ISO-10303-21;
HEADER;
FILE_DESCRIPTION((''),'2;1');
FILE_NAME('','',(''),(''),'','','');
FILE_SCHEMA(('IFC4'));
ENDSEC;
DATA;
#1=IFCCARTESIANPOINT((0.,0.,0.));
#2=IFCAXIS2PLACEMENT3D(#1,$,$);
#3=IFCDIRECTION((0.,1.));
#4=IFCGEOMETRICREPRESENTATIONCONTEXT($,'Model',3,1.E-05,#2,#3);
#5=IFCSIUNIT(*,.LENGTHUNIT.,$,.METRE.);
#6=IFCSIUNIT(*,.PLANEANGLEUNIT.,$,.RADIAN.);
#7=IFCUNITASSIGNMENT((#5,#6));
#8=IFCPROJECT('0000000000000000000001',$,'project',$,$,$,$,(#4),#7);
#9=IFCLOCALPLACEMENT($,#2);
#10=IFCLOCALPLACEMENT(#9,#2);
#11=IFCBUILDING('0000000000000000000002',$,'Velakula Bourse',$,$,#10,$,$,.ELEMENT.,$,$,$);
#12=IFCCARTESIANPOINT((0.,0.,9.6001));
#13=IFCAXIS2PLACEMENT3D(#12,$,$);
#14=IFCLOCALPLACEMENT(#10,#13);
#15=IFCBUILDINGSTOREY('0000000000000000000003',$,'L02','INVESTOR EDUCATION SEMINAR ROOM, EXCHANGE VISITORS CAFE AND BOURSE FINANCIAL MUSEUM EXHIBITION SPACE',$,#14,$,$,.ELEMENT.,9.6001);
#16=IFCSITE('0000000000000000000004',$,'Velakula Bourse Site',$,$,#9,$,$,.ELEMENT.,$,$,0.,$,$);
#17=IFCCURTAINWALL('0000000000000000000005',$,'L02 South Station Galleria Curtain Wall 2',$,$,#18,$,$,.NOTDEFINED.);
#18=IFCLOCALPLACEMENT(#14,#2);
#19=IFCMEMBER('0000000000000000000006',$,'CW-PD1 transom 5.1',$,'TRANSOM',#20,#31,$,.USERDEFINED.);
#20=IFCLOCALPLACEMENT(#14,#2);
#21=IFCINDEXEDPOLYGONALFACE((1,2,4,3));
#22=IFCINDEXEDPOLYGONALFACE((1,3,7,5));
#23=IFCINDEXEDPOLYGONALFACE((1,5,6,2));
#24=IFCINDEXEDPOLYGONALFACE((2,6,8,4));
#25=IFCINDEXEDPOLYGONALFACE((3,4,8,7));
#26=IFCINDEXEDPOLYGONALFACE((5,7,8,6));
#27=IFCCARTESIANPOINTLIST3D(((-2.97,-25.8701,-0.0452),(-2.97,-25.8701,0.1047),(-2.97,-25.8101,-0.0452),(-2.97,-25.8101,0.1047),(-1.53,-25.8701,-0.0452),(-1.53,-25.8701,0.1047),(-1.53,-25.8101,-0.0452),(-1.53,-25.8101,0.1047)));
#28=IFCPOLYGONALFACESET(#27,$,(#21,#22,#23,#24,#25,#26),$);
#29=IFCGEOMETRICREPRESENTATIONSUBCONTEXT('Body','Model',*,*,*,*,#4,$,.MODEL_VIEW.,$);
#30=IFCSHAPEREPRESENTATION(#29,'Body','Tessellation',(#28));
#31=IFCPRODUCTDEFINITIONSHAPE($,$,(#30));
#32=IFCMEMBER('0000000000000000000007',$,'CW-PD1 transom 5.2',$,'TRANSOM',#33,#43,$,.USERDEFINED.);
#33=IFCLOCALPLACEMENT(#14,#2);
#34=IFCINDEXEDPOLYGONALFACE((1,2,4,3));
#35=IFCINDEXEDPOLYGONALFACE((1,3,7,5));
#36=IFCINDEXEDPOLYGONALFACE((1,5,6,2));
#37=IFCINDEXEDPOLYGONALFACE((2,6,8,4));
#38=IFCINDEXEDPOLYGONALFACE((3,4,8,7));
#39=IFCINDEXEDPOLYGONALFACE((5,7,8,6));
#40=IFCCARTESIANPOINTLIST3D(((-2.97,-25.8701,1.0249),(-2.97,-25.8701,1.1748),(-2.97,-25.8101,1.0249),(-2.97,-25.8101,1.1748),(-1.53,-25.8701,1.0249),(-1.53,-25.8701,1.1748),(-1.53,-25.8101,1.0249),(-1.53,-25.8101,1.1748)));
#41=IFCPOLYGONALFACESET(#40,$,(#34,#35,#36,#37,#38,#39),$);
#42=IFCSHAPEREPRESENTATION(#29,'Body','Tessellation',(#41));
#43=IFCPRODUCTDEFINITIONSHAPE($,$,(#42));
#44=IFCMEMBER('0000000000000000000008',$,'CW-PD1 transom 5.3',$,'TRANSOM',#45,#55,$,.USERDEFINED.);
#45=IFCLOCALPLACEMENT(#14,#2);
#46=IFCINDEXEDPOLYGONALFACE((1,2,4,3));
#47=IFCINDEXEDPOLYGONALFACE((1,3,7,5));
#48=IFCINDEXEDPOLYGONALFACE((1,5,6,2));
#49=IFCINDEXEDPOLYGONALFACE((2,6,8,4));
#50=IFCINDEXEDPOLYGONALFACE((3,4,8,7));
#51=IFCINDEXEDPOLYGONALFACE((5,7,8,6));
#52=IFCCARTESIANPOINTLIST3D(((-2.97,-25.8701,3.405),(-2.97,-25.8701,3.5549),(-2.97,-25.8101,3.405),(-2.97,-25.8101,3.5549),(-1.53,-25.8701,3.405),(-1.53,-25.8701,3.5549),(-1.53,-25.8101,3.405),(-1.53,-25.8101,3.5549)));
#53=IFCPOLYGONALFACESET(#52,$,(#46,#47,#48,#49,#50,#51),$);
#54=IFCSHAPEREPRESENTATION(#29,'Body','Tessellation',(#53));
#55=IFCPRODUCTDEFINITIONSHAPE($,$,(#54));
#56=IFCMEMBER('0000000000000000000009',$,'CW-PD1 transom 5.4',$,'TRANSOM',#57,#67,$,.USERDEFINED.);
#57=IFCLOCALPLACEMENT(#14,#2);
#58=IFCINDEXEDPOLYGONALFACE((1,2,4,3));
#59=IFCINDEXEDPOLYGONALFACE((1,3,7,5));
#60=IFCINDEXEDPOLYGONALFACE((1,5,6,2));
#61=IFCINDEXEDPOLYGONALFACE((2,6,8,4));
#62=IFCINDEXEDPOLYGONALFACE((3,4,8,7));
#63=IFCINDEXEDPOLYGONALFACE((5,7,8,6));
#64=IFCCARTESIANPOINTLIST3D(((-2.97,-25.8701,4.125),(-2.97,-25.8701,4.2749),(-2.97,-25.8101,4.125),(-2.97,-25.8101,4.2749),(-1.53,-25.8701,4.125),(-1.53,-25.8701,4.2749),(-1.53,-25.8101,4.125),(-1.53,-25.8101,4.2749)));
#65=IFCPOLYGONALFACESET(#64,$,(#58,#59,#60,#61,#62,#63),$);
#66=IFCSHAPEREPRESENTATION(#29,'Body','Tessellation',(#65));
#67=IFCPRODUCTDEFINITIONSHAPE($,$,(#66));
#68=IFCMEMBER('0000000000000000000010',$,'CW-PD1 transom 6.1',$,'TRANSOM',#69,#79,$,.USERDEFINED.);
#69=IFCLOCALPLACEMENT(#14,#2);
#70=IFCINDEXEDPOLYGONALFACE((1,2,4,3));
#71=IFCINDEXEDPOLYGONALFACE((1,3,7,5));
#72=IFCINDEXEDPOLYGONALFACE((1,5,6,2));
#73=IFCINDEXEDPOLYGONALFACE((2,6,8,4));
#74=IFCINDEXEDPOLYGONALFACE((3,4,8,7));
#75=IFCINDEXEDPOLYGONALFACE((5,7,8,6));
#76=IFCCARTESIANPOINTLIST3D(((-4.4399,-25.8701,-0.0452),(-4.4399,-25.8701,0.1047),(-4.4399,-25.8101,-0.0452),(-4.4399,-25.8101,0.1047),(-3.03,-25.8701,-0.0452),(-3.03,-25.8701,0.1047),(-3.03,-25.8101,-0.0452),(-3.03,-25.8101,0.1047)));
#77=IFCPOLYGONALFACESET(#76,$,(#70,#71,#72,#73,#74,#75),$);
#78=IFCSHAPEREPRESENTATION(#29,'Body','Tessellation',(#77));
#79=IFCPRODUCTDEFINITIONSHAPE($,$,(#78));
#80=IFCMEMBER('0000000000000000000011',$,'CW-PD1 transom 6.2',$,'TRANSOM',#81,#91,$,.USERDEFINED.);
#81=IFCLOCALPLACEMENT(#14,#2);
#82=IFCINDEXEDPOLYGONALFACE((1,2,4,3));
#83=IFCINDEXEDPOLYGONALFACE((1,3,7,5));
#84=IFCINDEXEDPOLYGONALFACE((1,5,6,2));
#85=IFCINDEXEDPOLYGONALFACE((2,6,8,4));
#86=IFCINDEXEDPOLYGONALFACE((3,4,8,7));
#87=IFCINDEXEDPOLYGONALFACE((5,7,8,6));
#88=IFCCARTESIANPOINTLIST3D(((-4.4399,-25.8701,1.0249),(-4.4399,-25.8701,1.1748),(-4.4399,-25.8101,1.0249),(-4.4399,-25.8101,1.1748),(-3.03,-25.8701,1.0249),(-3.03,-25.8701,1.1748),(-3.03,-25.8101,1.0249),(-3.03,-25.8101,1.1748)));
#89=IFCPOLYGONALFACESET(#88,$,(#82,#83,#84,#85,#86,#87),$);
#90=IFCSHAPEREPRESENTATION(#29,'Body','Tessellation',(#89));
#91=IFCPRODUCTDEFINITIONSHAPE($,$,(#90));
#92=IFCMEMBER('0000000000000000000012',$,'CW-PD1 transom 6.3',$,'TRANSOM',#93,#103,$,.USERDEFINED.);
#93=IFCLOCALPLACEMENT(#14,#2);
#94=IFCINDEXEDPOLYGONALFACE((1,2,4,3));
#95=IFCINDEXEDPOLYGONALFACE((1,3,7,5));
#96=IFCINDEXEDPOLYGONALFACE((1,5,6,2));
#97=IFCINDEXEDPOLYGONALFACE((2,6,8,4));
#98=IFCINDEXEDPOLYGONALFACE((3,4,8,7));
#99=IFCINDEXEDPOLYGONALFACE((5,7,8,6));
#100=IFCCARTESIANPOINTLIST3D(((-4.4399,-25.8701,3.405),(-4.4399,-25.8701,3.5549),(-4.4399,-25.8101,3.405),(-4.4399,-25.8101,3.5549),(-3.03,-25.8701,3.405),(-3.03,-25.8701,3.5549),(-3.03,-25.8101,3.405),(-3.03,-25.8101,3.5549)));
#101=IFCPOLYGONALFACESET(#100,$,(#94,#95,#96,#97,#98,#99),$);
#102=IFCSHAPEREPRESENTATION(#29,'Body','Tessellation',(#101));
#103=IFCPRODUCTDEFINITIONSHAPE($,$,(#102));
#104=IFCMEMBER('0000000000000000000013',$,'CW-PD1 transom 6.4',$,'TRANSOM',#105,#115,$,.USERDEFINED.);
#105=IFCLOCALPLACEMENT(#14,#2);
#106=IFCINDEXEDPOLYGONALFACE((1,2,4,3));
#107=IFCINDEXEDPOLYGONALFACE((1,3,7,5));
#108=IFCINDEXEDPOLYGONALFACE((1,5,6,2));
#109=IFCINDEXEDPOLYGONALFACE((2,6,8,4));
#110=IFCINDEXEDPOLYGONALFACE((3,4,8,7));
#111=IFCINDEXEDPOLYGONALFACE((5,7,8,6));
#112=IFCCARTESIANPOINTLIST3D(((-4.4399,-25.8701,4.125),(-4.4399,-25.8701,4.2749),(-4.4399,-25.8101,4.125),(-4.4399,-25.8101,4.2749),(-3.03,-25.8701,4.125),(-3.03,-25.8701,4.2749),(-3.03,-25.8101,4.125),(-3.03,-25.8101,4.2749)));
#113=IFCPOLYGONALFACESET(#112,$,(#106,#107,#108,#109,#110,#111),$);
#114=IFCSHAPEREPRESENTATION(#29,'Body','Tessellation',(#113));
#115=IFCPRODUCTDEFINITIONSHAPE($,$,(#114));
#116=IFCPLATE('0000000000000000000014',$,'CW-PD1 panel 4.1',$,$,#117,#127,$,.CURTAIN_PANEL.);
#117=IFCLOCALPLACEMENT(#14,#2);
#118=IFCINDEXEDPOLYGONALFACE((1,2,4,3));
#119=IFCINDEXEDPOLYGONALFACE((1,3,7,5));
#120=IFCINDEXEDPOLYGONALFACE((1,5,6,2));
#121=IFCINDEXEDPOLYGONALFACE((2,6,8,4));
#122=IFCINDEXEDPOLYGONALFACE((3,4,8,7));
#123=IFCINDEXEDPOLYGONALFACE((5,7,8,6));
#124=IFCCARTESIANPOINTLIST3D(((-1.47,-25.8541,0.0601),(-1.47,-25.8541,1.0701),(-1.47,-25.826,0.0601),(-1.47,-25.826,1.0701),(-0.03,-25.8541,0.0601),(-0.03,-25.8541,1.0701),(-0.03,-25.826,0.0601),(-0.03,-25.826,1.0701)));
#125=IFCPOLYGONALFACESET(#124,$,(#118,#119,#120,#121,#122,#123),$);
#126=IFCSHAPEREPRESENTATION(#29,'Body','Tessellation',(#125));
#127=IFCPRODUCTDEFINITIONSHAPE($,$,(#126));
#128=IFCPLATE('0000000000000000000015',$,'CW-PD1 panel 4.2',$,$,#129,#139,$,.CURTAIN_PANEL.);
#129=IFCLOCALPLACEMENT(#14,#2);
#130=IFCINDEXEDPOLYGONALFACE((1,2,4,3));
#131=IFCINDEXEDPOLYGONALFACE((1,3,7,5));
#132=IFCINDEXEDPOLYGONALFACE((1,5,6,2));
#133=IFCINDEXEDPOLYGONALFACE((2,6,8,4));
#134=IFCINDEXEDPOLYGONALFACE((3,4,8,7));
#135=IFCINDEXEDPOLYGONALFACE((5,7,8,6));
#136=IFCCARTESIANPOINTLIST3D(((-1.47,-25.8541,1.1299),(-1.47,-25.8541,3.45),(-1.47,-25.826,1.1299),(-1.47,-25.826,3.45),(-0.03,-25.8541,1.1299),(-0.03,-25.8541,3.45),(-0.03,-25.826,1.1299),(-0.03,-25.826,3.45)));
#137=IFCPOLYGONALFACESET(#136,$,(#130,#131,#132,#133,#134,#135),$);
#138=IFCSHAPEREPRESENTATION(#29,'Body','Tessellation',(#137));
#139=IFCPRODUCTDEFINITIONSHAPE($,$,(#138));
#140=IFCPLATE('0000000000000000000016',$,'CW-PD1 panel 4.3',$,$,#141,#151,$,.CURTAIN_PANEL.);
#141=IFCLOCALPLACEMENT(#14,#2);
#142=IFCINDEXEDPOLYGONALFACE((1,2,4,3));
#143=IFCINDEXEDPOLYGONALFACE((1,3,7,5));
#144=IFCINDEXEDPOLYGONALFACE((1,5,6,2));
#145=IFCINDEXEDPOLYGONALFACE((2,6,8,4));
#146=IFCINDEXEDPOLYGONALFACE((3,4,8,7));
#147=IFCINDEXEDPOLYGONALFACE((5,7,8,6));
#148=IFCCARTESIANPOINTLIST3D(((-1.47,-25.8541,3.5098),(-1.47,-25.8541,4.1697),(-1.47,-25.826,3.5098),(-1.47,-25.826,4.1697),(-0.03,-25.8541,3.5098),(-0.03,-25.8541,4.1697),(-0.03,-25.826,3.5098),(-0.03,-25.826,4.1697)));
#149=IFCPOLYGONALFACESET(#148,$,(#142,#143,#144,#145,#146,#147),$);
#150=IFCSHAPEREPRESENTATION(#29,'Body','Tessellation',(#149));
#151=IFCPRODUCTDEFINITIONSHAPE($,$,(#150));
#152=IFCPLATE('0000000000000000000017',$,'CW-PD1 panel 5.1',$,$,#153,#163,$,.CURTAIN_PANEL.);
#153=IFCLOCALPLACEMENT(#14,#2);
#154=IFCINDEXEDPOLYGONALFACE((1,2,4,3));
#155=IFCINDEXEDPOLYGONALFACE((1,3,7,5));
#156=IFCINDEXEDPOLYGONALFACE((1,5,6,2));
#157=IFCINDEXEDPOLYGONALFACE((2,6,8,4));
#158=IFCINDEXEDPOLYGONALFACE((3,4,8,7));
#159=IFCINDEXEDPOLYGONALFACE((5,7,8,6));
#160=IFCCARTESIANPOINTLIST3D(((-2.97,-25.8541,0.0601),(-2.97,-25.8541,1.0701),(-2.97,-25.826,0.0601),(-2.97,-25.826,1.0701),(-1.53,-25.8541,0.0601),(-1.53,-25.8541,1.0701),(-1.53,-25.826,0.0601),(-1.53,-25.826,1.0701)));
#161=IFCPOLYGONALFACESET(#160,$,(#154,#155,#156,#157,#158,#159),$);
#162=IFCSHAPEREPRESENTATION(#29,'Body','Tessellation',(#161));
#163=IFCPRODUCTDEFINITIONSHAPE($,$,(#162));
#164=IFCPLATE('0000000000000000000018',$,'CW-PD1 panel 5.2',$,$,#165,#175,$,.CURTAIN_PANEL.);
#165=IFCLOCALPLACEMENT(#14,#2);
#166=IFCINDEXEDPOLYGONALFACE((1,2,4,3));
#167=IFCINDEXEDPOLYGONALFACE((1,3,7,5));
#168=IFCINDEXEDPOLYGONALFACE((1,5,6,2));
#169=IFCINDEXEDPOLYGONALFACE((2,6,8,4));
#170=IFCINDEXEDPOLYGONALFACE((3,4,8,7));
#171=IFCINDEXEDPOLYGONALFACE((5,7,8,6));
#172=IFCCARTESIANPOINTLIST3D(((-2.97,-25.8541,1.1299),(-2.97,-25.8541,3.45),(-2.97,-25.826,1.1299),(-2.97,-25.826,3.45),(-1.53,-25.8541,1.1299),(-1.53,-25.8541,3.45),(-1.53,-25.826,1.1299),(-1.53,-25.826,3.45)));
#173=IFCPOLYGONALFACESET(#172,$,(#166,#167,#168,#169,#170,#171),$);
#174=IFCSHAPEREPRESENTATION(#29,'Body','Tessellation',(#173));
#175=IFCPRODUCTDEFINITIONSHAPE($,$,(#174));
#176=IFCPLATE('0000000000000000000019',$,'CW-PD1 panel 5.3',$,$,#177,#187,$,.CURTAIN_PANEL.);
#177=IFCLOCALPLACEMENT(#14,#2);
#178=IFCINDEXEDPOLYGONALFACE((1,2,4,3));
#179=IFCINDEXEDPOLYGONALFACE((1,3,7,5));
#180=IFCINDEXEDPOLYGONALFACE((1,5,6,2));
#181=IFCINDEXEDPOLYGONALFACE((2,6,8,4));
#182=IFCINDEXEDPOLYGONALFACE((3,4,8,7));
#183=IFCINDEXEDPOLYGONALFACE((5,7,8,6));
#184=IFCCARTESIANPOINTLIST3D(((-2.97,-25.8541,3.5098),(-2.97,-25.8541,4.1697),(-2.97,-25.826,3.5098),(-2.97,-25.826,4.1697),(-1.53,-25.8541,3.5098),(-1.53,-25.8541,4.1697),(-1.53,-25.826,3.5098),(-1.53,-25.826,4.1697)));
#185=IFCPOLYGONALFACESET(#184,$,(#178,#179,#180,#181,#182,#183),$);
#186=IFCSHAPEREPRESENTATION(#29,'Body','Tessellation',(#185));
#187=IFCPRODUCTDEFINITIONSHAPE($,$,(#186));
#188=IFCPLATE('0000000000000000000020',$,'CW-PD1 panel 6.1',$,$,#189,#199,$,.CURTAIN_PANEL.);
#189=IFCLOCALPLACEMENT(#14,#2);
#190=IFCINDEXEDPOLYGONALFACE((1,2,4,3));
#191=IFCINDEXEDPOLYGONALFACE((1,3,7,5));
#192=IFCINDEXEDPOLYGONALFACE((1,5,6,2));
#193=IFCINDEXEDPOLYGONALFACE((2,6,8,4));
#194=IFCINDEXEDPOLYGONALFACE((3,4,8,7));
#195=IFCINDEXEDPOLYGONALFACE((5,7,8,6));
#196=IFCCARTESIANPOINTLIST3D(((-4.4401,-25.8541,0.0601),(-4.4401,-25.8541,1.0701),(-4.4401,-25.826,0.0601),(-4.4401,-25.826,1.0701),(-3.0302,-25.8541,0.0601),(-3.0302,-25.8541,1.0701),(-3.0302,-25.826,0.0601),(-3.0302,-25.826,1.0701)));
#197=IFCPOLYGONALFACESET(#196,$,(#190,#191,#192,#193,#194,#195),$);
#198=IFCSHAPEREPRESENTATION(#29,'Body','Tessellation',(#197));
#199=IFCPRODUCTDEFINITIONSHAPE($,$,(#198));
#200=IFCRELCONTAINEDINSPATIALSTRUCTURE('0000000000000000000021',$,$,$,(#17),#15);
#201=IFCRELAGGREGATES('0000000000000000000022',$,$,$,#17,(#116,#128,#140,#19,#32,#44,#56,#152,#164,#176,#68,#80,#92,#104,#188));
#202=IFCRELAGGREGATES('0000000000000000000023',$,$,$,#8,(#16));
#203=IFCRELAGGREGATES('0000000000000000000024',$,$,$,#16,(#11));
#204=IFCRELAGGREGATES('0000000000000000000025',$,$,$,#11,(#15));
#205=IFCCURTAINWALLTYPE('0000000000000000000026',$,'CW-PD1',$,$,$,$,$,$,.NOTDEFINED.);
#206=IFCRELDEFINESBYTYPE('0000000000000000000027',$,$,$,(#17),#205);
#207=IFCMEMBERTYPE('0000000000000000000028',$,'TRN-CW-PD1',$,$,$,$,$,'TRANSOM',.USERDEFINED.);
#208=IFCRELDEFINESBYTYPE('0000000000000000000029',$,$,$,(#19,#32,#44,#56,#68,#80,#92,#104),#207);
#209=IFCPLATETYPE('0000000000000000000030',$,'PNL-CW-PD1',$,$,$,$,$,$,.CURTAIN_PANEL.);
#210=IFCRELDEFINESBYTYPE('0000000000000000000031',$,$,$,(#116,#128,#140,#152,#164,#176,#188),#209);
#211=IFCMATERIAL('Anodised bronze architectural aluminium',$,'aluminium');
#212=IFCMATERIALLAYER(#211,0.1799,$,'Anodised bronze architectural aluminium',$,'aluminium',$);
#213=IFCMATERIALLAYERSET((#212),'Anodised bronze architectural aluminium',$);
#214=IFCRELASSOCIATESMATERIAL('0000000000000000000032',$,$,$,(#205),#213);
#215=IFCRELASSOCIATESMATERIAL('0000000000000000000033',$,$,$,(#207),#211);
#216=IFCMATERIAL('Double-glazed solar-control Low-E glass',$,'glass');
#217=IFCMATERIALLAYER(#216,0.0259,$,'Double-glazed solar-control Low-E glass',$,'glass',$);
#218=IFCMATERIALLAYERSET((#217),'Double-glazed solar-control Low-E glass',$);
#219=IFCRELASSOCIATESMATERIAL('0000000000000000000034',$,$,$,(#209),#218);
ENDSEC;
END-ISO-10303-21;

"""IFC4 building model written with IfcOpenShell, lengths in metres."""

from ifc_helpers import new_model, si_unit, direction, frame, origin, origin_2d, place, context, subcontext, project, spatial, rectangle, extrude, material, layer, layer_set, material_profile, profile_set, type_object, element, aggregate, save


model = new_model("IFC4")

# Units and contexts
model_context = context("Model", 3, precision=1e-05, world=origin(), true_north=direction((0.0, 1.0)))
body_context = subcontext(model_context, "Body", "Model", "MODEL_VIEW")
ifc_project = project(units=[si_unit("LENGTHUNIT", "METRE"), si_unit("PLANEANGLEUNIT", "RADIAN")], contexts=[model_context])

# Site, building, storey
site_placement = place(None, origin())
site = spatial("IfcSite", under=ifc_project, at=site_placement, Name="Velakula Bourse Site", CompositionType="ELEMENT", RefElevation=0.0)
building_placement = place(site_placement, origin())
building = spatial("IfcBuilding", under=site, at=building_placement, Name="Velakula Bourse", CompositionType="ELEMENT")
storey_placement = place(building_placement, frame((0.0, 0.0, 9.6001)))
storey = spatial("IfcBuildingStorey", under=building, at=storey_placement, Name="L02", Description="INVESTOR EDUCATION SEMINAR ROOM, EXCHANGE VISITORS CAFE AND BOURSE FINANCIAL MUSEUM EXHIBITION SPACE", CompositionType="ELEMENT", Elevation=9.6001)

# Curtain wall, members, plates
ifc_material_1 = material(Name="Anodised bronze architectural aluminium", Category="aluminium")
ifc_layer_1 = layer(ifc_material_1, 0.1799, Name="Anodised bronze architectural aluminium", Category="aluminium")
ifc_layer_set_1 = layer_set([ifc_layer_1], Name="Anodised bronze architectural aluminium")
curtain_wall_type = type_object("IfcCurtainWallType", Name="CW-PD1", PredefinedType="NOTDEFINED", material=ifc_layer_set_1)
curtain_wall_placement = place(storey_placement, origin())
curtain_wall = element("IfcCurtainWall", 1, at=curtain_wall_placement, inside=storey, type_object=curtain_wall_type, Name="L02 South Station Galleria Curtain Wall 2", PredefinedType="NOTDEFINED")
ifc_material_profile_1 = material_profile(ifc_material_1, rectangle(XDim=0.0601, YDim=0.1499, at=origin_2d()), Name="Anodised bronze architectural aluminium")
ifc_profile_set_1 = profile_set([ifc_material_profile_1], Name="Anodised bronze architectural aluminium")
member_type_1 = type_object("IfcMemberType", Name="TRN-CW-PD1", ElementType="TRANSOM", PredefinedType="USERDEFINED", material=ifc_profile_set_1)
member_1_placement = place(storey_placement, frame((-1.53, -25.8401, 0.0298), z_axis=(-1.0, 0.0, 0.0), x_axis=(0.0, -1.0, 0.0)))
member_1 = element("IfcMember", 2, at=member_1_placement, type_object=member_type_1, Name="CW-PD1 transom 5.1", ObjectType="TRANSOM", PredefinedType="USERDEFINED", context=body_context, shape_type="SweptSolid", body=[
    extrude(rectangle(XDim=0.0601, YDim=0.1499, at=origin_2d()), origin(), (0.0, 0.0, 1.0), 1.4399),
])
member_2_placement = place(storey_placement, frame((-1.53, -25.8401, 1.0999), z_axis=(-1.0, 0.0, 0.0), x_axis=(0.0, -1.0, 0.0)))
member_2 = element("IfcMember", 3, at=member_2_placement, type_object=member_type_1, Name="CW-PD1 transom 5.2", ObjectType="TRANSOM", PredefinedType="USERDEFINED", context=body_context, shape_type="SweptSolid", body=[
    extrude(rectangle(XDim=0.0601, YDim=0.1499, at=origin_2d()), origin(), (0.0, 0.0, 1.0), 1.4399),
])
member_3_placement = place(storey_placement, frame((-1.53, -25.8401, 3.48), z_axis=(-1.0, 0.0, 0.0), x_axis=(0.0, -1.0, 0.0)))
member_3 = element("IfcMember", 4, at=member_3_placement, type_object=member_type_1, Name="CW-PD1 transom 5.3", ObjectType="TRANSOM", PredefinedType="USERDEFINED", context=body_context, shape_type="SweptSolid", body=[
    extrude(rectangle(XDim=0.0601, YDim=0.1499, at=origin_2d()), origin(), (0.0, 0.0, 1.0), 1.4399),
])
member_4_placement = place(storey_placement, frame((-1.53, -25.8401, 4.2), z_axis=(-1.0, 0.0, 0.0), x_axis=(0.0, -1.0, 0.0)))
member_4 = element("IfcMember", 5, at=member_4_placement, type_object=member_type_1, Name="CW-PD1 transom 5.4", ObjectType="TRANSOM", PredefinedType="USERDEFINED", context=body_context, shape_type="SweptSolid", body=[
    extrude(rectangle(XDim=0.0601, YDim=0.1499, at=origin_2d()), origin(), (0.0, 0.0, 1.0), 1.4399),
])
member_5_placement = place(storey_placement, frame((-3.03, -25.8401, 0.0298), z_axis=(-1.0, 0.0, 0.0), x_axis=(0.0, -1.0, 0.0)))
member_5 = element("IfcMember", 6, at=member_5_placement, type_object=member_type_1, Name="CW-PD1 transom 6.1", ObjectType="TRANSOM", PredefinedType="USERDEFINED", context=body_context, shape_type="SweptSolid", body=[
    extrude(rectangle(XDim=0.0601, YDim=0.1499, at=origin_2d()), origin(), (0.0, 0.0, 1.0), 1.4099),
])
member_6_placement = place(storey_placement, frame((-3.03, -25.8401, 1.0999), z_axis=(-1.0, 0.0, 0.0), x_axis=(0.0, -1.0, 0.0)))
member_6 = element("IfcMember", 7, at=member_6_placement, type_object=member_type_1, Name="CW-PD1 transom 6.2", ObjectType="TRANSOM", PredefinedType="USERDEFINED", context=body_context, shape_type="SweptSolid", body=[
    extrude(rectangle(XDim=0.0601, YDim=0.1499, at=origin_2d()), origin(), (0.0, 0.0, 1.0), 1.4099),
])
member_7_placement = place(storey_placement, frame((-3.03, -25.8401, 3.48), z_axis=(-1.0, 0.0, 0.0), x_axis=(0.0, -1.0, 0.0)))
member_7 = element("IfcMember", 8, at=member_7_placement, type_object=member_type_1, Name="CW-PD1 transom 6.3", ObjectType="TRANSOM", PredefinedType="USERDEFINED", context=body_context, shape_type="SweptSolid", body=[
    extrude(rectangle(XDim=0.0601, YDim=0.1499, at=origin_2d()), origin(), (0.0, 0.0, 1.0), 1.4099),
])
member_8_placement = place(storey_placement, frame((-3.03, -25.8401, 4.2), z_axis=(-1.0, 0.0, 0.0), x_axis=(0.0, -1.0, 0.0)))
member_8 = element("IfcMember", 9, at=member_8_placement, type_object=member_type_1, Name="CW-PD1 transom 6.4", ObjectType="TRANSOM", PredefinedType="USERDEFINED", context=body_context, shape_type="SweptSolid", body=[
    extrude(rectangle(XDim=0.0601, YDim=0.1499, at=origin_2d()), origin(), (0.0, 0.0, 1.0), 1.4099),
])
ifc_material_2 = material(Name="Double-glazed solar-control Low-E glass", Category="glass")
ifc_layer_2 = layer(ifc_material_2, 0.0259, Name="Double-glazed solar-control Low-E glass", Category="glass")
ifc_layer_set_2 = layer_set([ifc_layer_2], Name="Double-glazed solar-control Low-E glass")
plate_type = type_object("IfcPlateType", Name="PNL-CW-PD1", PredefinedType="CURTAIN_PANEL", material=ifc_layer_set_2)
plate_1_placement = place(storey_placement, frame((-0.75, -25.8401, 0.0601), z_axis=(0.0, 0.0, 1.0), x_axis=(-1.0, 0.0, 0.0)))
plate_1 = element("IfcPlate", 10, at=plate_1_placement, type_object=plate_type, Name="CW-PD1 panel 4.1", PredefinedType="CURTAIN_PANEL", context=body_context, shape_type="SweptSolid", body=[
    extrude(rectangle(XDim=1.4399, YDim=0.0281, at=origin_2d()), origin(), (0.0, 0.0, 1.0), 1.01),
])
plate_2_placement = place(storey_placement, frame((-0.75, -25.8401, 1.1299), z_axis=(0.0, 0.0, 1.0), x_axis=(-1.0, 0.0, 0.0)))
plate_2 = element("IfcPlate", 11, at=plate_2_placement, type_object=plate_type, Name="CW-PD1 panel 4.2", PredefinedType="CURTAIN_PANEL", context=body_context, shape_type="SweptSolid", body=[
    extrude(rectangle(XDim=1.4399, YDim=0.0281, at=origin_2d()), origin(), (0.0, 0.0, 1.0), 2.3201),
])
plate_3_placement = place(storey_placement, frame((-0.75, -25.8401, 3.5098), z_axis=(0.0, 0.0, 1.0), x_axis=(-1.0, 0.0, 0.0)))
plate_3 = element("IfcPlate", 12, at=plate_3_placement, type_object=plate_type, Name="CW-PD1 panel 4.3", PredefinedType="CURTAIN_PANEL", context=body_context, shape_type="SweptSolid", body=[
    extrude(rectangle(XDim=1.4399, YDim=0.0281, at=origin_2d()), origin(), (0.0, 0.0, 1.0), 0.6599),
])
plate_4_placement = place(storey_placement, frame((-2.25, -25.8401, 0.0601), z_axis=(0.0, 0.0, 1.0), x_axis=(-1.0, 0.0, 0.0)))
plate_4 = element("IfcPlate", 13, at=plate_4_placement, type_object=plate_type, Name="CW-PD1 panel 5.1", PredefinedType="CURTAIN_PANEL", context=body_context, shape_type="SweptSolid", body=[
    extrude(rectangle(XDim=1.4399, YDim=0.0281, at=origin_2d()), origin(), (0.0, 0.0, 1.0), 1.01),
])
plate_5_placement = place(storey_placement, frame((-2.25, -25.8401, 1.1299), z_axis=(0.0, 0.0, 1.0), x_axis=(-1.0, 0.0, 0.0)))
plate_5 = element("IfcPlate", 14, at=plate_5_placement, type_object=plate_type, Name="CW-PD1 panel 5.2", PredefinedType="CURTAIN_PANEL", context=body_context, shape_type="SweptSolid", body=[
    extrude(rectangle(XDim=1.4399, YDim=0.0281, at=origin_2d()), origin(), (0.0, 0.0, 1.0), 2.3201),
])
plate_6_placement = place(storey_placement, frame((-2.25, -25.8401, 3.5098), z_axis=(0.0, 0.0, 1.0), x_axis=(-1.0, 0.0, 0.0)))
plate_6 = element("IfcPlate", 15, at=plate_6_placement, type_object=plate_type, Name="CW-PD1 panel 5.3", PredefinedType="CURTAIN_PANEL", context=body_context, shape_type="SweptSolid", body=[
    extrude(rectangle(XDim=1.4399, YDim=0.0281, at=origin_2d()), origin(), (0.0, 0.0, 1.0), 0.6599),
])
plate_7_placement = place(storey_placement, frame((-3.7351, -25.8401, 0.0601), z_axis=(0.0, 0.0, 1.0), x_axis=(-1.0, 0.0, 0.0)))
plate_7 = element("IfcPlate", 16, at=plate_7_placement, type_object=plate_type, Name="CW-PD1 panel 6.1", PredefinedType="CURTAIN_PANEL", context=body_context, shape_type="SweptSolid", body=[
    extrude(rectangle(XDim=1.4099, YDim=0.0281, at=origin_2d()), origin(), (0.0, 0.0, 1.0), 1.01),
])
aggregate(curtain_wall, [plate_1, plate_2, plate_3, member_1, member_2, member_3, member_4, plate_4, plate_5, plate_6, member_5, member_6, member_7, member_8, plate_7])

save(model, "model.ifc")
